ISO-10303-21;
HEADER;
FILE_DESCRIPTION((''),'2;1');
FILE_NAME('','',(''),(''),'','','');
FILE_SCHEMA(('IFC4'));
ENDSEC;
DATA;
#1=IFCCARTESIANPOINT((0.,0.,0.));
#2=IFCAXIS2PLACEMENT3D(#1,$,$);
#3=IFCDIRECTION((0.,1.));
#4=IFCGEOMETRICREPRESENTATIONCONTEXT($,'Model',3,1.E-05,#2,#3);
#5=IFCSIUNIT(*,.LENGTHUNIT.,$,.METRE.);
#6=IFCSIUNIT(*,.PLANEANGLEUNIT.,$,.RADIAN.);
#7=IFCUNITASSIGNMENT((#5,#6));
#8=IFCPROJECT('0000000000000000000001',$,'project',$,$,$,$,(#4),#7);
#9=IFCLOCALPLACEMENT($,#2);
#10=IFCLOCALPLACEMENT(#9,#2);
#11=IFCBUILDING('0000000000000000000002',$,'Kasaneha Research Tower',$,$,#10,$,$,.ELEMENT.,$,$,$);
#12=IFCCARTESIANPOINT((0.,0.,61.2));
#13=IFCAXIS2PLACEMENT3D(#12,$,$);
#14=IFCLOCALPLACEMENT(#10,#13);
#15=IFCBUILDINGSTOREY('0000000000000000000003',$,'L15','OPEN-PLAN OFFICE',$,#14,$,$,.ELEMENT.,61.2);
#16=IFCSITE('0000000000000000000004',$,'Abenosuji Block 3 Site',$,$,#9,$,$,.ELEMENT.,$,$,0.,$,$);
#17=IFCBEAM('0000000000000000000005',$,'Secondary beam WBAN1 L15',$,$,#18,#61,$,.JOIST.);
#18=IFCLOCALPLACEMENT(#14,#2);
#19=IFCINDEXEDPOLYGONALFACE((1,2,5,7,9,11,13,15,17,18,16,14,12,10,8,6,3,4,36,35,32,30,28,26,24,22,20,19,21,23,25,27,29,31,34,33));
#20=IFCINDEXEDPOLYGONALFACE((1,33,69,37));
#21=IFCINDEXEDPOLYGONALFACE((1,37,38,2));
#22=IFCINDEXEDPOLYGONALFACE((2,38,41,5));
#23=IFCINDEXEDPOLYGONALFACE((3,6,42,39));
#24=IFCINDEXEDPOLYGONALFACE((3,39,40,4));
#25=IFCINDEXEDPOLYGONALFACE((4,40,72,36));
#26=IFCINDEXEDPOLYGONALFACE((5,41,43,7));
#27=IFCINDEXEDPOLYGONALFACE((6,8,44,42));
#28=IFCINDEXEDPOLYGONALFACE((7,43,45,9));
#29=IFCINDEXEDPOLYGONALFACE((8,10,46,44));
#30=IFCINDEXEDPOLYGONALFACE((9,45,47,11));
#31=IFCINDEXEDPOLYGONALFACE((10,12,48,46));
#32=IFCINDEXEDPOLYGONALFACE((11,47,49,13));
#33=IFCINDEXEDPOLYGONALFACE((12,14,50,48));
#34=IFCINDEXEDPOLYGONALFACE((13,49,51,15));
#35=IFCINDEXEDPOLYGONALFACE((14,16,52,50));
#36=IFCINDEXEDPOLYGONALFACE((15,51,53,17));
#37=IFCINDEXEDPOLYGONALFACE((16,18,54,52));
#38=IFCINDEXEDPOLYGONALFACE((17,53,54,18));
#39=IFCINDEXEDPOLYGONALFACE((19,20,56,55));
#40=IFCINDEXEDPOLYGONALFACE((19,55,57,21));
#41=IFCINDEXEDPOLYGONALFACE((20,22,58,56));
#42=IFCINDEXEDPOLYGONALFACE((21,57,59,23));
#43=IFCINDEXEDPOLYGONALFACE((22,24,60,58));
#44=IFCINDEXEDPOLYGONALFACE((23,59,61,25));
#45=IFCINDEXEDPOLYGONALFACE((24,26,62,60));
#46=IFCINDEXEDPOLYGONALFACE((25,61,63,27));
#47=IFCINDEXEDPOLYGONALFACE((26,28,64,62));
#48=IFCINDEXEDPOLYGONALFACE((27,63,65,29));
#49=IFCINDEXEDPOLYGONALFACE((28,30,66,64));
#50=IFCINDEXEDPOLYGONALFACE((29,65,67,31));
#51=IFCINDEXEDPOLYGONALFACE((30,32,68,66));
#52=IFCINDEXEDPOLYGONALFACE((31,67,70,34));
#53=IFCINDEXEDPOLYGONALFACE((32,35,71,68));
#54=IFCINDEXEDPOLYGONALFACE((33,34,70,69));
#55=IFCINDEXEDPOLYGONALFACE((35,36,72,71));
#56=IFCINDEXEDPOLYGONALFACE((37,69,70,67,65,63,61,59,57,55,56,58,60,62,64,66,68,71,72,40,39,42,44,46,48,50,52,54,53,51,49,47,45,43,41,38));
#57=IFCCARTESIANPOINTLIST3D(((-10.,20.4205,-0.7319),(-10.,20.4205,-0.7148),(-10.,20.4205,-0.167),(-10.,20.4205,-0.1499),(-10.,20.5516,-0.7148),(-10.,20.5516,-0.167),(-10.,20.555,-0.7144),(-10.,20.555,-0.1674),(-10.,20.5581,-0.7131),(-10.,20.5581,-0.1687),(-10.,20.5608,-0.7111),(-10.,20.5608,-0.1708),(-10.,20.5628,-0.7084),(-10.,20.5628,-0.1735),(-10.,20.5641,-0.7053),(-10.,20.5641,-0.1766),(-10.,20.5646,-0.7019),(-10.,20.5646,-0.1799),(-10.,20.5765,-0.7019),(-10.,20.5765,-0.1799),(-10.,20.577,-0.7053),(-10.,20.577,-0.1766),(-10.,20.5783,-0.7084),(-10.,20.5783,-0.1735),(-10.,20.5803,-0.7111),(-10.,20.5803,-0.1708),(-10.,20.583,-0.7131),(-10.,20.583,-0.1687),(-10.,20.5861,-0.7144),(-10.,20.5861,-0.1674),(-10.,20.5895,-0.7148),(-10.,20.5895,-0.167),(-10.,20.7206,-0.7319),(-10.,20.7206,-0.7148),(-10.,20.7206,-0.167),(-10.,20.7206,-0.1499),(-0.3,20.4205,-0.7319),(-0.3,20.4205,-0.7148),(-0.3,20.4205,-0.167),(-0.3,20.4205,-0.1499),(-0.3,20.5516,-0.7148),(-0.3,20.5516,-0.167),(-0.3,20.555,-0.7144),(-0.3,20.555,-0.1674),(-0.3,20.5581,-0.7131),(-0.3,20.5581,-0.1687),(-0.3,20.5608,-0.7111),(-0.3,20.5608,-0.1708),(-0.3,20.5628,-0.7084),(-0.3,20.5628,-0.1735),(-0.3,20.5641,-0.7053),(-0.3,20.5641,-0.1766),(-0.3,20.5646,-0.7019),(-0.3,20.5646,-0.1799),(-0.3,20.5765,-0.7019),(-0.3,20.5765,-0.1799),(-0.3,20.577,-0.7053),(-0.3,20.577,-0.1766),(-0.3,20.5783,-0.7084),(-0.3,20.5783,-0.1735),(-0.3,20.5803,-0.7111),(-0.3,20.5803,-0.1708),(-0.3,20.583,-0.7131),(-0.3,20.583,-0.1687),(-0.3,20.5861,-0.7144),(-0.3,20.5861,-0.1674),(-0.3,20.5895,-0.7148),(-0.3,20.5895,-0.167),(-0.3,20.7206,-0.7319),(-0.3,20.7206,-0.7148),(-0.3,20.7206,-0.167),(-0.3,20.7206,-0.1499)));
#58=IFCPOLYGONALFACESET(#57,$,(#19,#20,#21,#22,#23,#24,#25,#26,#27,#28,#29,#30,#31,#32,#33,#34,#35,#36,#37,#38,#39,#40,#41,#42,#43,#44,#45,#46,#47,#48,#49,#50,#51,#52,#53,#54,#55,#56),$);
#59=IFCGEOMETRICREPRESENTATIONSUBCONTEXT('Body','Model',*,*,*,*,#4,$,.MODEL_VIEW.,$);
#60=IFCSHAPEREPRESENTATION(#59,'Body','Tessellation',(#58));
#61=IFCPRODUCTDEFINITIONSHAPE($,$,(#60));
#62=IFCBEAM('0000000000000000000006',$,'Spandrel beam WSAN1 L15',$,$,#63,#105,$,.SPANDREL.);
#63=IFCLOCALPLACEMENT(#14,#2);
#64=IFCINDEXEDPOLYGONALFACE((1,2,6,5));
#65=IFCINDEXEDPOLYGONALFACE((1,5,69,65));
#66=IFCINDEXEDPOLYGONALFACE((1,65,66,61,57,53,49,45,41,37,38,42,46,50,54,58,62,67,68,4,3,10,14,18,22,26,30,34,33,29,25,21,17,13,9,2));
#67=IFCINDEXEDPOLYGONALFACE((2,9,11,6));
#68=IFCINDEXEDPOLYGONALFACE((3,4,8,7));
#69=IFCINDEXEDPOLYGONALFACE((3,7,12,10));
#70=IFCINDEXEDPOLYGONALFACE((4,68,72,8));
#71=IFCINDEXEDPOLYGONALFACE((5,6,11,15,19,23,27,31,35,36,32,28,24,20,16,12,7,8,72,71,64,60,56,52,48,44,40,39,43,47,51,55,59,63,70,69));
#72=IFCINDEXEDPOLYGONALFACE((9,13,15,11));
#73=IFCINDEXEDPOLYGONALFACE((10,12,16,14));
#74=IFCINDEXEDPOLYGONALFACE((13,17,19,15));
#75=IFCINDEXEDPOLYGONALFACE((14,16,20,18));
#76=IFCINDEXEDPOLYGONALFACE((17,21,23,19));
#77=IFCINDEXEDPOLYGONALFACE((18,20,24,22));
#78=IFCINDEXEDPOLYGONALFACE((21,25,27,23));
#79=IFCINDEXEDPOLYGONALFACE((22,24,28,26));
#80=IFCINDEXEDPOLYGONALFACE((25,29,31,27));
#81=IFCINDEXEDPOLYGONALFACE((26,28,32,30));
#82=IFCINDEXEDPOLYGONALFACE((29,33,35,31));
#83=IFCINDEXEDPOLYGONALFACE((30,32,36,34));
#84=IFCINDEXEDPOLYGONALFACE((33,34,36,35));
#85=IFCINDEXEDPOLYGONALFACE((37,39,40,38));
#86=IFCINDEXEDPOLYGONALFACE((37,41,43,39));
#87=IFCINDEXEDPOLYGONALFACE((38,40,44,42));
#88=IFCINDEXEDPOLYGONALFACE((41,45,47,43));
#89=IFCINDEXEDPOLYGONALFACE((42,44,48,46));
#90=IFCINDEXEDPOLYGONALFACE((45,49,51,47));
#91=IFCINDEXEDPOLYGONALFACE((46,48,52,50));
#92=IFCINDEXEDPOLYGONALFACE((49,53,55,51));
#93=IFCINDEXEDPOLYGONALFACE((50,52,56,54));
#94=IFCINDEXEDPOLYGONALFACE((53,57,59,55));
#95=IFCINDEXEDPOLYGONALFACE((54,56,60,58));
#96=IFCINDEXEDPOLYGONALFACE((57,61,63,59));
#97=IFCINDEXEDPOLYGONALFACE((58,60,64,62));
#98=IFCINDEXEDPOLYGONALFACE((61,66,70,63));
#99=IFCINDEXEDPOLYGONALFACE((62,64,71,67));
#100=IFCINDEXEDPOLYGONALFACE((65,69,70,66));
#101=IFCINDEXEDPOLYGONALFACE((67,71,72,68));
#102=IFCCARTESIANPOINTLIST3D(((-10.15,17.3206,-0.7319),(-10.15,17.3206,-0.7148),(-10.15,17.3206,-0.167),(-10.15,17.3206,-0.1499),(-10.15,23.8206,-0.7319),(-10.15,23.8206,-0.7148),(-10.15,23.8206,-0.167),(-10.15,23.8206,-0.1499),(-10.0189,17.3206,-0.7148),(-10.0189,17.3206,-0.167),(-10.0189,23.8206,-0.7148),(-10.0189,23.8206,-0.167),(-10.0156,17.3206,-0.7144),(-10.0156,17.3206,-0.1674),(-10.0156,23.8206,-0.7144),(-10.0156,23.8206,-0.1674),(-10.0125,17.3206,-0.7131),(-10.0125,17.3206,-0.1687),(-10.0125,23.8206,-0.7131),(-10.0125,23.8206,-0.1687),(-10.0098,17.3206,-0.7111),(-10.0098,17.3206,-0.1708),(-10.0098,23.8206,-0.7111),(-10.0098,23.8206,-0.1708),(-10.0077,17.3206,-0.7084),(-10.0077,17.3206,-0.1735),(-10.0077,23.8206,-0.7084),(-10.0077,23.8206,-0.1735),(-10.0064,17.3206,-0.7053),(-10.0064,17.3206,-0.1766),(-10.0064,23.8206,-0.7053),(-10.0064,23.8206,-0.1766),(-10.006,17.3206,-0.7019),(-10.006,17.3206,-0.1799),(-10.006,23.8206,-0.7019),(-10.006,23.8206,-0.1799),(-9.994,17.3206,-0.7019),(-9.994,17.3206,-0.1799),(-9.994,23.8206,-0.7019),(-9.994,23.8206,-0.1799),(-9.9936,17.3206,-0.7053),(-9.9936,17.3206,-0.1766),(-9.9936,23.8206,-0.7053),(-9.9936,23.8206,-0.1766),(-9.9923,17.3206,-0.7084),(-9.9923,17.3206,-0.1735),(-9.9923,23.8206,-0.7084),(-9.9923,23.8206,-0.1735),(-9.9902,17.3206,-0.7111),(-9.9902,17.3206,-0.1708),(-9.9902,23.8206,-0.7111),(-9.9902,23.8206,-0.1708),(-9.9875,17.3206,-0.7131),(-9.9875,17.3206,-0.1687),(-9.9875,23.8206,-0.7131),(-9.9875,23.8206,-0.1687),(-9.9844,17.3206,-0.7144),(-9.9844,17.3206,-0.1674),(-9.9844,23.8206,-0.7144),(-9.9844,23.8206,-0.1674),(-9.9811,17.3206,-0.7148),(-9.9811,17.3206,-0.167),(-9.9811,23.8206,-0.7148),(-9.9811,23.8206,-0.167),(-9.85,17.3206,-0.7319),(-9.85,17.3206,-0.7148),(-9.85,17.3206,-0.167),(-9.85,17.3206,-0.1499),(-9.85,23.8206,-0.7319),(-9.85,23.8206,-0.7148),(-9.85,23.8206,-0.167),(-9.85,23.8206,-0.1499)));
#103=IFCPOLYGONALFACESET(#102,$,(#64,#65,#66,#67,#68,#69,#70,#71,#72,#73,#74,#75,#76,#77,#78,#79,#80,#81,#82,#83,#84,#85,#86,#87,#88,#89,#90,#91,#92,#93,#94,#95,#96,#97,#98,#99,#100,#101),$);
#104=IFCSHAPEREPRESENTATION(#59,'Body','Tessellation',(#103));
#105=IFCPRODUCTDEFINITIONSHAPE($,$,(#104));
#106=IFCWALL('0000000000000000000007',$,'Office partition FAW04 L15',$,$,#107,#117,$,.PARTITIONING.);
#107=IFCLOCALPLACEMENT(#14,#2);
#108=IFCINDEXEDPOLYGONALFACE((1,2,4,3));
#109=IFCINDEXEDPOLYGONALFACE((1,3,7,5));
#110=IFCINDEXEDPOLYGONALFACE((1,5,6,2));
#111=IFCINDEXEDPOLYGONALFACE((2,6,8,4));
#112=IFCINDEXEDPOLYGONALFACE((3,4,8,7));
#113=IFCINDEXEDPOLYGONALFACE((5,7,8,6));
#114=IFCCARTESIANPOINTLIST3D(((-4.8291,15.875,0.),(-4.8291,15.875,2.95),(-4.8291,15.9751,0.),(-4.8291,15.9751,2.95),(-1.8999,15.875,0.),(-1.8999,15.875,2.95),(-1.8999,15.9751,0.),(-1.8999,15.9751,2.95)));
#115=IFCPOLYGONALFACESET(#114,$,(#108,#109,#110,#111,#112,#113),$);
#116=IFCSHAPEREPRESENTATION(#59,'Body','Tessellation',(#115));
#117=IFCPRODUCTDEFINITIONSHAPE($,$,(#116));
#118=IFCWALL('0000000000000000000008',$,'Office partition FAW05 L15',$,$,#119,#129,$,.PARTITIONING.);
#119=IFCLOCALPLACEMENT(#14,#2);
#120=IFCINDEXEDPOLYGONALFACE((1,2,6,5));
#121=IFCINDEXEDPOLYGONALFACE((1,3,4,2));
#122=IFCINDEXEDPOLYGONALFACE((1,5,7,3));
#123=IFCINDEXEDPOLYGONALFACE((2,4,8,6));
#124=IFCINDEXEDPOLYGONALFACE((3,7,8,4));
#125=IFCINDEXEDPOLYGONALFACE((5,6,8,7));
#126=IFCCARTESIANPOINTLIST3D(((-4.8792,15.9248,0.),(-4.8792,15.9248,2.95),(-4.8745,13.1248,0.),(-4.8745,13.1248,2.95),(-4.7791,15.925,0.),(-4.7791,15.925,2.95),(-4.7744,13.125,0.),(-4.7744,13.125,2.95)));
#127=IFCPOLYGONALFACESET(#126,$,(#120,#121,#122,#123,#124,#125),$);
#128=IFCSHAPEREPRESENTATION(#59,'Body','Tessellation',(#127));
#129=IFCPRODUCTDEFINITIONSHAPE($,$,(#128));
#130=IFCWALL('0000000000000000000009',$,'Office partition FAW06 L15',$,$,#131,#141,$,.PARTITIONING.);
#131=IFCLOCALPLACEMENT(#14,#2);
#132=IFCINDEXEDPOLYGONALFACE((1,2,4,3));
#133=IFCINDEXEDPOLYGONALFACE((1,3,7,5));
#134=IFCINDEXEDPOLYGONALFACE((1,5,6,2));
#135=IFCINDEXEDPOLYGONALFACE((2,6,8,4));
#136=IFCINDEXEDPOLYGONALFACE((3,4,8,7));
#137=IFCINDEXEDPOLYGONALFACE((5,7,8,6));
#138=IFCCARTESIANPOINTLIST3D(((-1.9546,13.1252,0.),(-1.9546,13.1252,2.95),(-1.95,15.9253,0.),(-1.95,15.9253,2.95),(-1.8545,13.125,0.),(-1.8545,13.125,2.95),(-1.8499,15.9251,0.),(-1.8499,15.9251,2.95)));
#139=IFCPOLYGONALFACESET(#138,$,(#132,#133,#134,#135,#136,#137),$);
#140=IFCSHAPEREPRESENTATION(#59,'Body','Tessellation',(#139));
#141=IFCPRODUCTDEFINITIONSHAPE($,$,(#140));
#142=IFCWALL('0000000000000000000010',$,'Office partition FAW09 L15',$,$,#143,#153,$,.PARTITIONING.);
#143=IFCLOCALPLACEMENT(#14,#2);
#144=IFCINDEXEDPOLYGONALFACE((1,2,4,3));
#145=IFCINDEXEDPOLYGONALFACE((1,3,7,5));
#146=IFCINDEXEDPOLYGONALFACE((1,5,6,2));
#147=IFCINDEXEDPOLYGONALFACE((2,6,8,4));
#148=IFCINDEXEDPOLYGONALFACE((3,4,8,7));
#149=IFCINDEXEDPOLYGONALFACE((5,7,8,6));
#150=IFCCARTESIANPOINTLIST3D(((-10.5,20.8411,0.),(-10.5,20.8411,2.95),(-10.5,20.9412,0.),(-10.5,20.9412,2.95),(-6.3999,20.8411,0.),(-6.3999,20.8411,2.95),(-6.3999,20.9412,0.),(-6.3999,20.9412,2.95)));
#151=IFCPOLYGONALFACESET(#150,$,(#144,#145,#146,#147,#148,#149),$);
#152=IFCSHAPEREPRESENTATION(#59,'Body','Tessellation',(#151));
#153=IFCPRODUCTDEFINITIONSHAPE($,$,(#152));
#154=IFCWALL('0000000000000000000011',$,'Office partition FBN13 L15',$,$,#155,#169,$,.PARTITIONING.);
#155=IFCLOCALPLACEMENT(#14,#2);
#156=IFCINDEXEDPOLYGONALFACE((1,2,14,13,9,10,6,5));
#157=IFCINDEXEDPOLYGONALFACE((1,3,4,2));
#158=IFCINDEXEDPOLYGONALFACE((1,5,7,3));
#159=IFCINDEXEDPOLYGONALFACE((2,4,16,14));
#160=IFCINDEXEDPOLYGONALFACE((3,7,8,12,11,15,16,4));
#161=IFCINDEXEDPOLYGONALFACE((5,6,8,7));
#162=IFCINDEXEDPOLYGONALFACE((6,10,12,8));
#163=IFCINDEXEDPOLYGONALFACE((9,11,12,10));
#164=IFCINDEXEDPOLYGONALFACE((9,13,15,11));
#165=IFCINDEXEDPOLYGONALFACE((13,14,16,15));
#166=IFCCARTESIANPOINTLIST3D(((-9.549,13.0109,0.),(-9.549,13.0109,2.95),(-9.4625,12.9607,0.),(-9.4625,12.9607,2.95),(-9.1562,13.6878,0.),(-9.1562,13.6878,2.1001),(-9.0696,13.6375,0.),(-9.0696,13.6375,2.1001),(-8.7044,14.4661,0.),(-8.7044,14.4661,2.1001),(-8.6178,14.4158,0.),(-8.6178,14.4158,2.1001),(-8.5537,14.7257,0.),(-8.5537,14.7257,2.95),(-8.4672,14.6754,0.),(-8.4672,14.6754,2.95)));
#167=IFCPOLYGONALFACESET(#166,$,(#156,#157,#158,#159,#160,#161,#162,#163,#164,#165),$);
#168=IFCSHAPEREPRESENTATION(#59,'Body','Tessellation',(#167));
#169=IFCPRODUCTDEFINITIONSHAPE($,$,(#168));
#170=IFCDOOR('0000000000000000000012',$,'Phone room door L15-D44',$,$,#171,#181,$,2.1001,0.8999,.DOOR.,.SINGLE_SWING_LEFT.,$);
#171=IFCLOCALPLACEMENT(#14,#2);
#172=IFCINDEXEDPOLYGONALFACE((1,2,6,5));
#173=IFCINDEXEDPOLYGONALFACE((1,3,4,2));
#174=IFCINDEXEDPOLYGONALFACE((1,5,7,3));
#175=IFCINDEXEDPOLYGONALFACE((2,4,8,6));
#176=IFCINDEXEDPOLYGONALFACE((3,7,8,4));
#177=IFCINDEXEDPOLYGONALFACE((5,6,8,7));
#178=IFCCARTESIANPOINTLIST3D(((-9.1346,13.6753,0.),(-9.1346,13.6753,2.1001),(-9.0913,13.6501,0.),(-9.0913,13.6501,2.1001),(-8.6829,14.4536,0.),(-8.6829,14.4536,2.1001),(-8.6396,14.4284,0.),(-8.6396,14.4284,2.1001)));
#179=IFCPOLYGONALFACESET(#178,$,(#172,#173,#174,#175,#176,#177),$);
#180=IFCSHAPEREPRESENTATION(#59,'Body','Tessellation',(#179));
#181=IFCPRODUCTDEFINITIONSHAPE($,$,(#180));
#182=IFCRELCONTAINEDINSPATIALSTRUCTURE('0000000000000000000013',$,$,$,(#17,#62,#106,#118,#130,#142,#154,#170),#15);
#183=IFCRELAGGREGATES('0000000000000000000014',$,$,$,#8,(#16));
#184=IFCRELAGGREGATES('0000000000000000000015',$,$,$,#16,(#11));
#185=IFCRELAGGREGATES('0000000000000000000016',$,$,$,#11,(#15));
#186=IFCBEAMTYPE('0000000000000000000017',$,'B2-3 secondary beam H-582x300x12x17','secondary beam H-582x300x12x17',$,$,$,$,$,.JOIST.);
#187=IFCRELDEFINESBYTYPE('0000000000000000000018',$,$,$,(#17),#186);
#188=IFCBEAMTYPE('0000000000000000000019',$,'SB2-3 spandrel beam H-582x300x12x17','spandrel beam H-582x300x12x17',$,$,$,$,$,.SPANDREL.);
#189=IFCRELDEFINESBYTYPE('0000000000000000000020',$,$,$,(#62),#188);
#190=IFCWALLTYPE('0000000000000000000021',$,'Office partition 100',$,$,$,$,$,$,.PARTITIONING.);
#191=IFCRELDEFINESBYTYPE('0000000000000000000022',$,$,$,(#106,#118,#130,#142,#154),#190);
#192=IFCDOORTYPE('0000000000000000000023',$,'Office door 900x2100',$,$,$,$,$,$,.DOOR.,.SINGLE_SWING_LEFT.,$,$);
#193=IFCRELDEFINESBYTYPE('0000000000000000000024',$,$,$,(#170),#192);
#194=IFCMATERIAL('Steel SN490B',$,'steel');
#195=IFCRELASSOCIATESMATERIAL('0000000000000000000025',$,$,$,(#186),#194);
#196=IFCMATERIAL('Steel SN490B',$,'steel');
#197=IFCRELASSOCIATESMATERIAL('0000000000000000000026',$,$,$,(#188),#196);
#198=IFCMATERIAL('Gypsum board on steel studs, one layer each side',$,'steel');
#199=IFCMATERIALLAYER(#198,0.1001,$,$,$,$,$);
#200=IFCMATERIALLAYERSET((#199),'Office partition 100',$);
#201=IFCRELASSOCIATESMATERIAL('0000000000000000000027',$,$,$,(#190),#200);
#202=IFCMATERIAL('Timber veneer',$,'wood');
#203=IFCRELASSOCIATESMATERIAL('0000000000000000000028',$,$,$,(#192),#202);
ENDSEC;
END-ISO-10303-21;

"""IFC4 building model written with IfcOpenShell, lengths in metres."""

from ifc_helpers import new_model, si_unit, direction, frame, frame_2d, origin, origin_2d, place, context, subcontext, project, spatial, rectangle, i_section, extrude, material, layer, layer_set, material_profile, profile_set, type_object, element, fill, save


model = new_model("IFC4")

# Units and contexts
model_context = context("Model", 3, precision=1e-05, world=origin(), true_north=direction((0.0, 1.0)))
body_context = subcontext(model_context, "Body", "Model", "MODEL_VIEW")
ifc_project = project(units=[si_unit("LENGTHUNIT", "METRE"), si_unit("PLANEANGLEUNIT", "RADIAN")], contexts=[model_context])

# Site, building, storey
site_placement = place(None, origin())
site = spatial("IfcSite", under=ifc_project, at=site_placement, Name="Abenosuji Block 3 Site", CompositionType="ELEMENT", RefElevation=0.0)
building_placement = place(site_placement, origin())
building = spatial("IfcBuilding", under=site, at=building_placement, Name="Kasaneha Research Tower", CompositionType="ELEMENT")
storey_placement = place(building_placement, frame((0.0, 0.0, 61.2)))
storey = spatial("IfcBuildingStorey", under=building, at=storey_placement, Name="L15", Description="OPEN-PLAN OFFICE", CompositionType="ELEMENT", Elevation=61.2)

# Beams
ifc_material_1 = material(Name="Steel SN490B", Category="steel")
ifc_material_profile_1 = material_profile(ifc_material_1, i_section(OverallWidth=0.3, OverallDepth=0.582, WebThickness=0.012, FlangeThickness=0.0171, FilletRadius=0.0129, at=origin_2d()), Name="H-582x300x12x17")
ifc_profile_set_1 = profile_set([ifc_material_profile_1], Name="Steel SN490B")
beam_type_1 = type_object("IfcBeamType", Name="B2-3 secondary beam H-582x300x12x17", Description="secondary beam H-582x300x12x17", PredefinedType="JOIST", material=ifc_profile_set_1)
beam_1_placement = place(storey_placement, frame((-10.0, 20.5706, -0.4409), z_axis=(1.0, 0.0, 0.0), x_axis=(0.0, 1.0, 0.0)))
element("IfcBeam", 1, at=beam_1_placement, inside=storey, type_object=beam_type_1, Name="Secondary beam WBAN1 L15", PredefinedType="JOIST", context=body_context, shape_type="SweptSolid", body=[
    extrude(i_section(OverallWidth=0.3, OverallDepth=0.582, WebThickness=0.012, FlangeThickness=0.0171, FilletRadius=0.0129, at=origin_2d()), origin(), (0.0, 0.0, 1.0), 9.7),
])
ifc_material_2 = material(Name="Steel SN490B", Category="steel")
ifc_material_profile_2 = material_profile(ifc_material_2, i_section(OverallWidth=0.3, OverallDepth=0.582, WebThickness=0.012, FlangeThickness=0.0171, FilletRadius=0.0129, at=origin_2d()), Name="H-582x300x12x17")
ifc_profile_set_2 = profile_set([ifc_material_profile_2], Name="Steel SN490B")
beam_type_2 = type_object("IfcBeamType", Name="SB2-3 spandrel beam H-582x300x12x17", Description="spandrel beam H-582x300x12x17", PredefinedType="SPANDREL", material=ifc_profile_set_2)
beam_2_placement = place(storey_placement, frame((-10.0, 17.3206, -0.4409), z_axis=(0.0, 1.0, 0.0), x_axis=(-1.0, 0.0, 0.0)))
element("IfcBeam", 2, at=beam_2_placement, inside=storey, type_object=beam_type_2, Name="Spandrel beam WSAN1 L15", PredefinedType="SPANDREL", context=body_context, shape_type="SweptSolid", body=[
    extrude(i_section(OverallWidth=0.3, OverallDepth=0.582, WebThickness=0.012, FlangeThickness=0.0171, FilletRadius=0.0129, at=origin_2d()), origin(), (0.0, 0.0, 1.0), 6.5),
])

# Walls
ifc_material_3 = material(Name="Gypsum board on steel studs, one layer each side", Category="steel")
ifc_layer_1 = layer(ifc_material_3, 0.1001)
ifc_layer_set_1 = layer_set([ifc_layer_1], Name="Office partition 100")
wall_type_1 = type_object("IfcWallType", Name="Office partition 100", PredefinedType="PARTITIONING", material=ifc_layer_set_1)
wall_1_placement = place(storey_placement, frame((-4.8291, 15.925, 0.0), z_axis=(0.0, 0.0, 1.0), x_axis=(1.0, 0.0, 0.0)))
element("IfcWall", 3, at=wall_1_placement, inside=storey, type_object=wall_type_1, Name="Office partition FAW04 L15", PredefinedType="PARTITIONING", context=body_context, shape_type="SweptSolid", body=[
    extrude(rectangle(XDim=2.9292, YDim=0.1001, at=frame_2d((1.4646, 0.0))), origin(), (0.0, 0.0, 1.0), 2.95),
])
for number, where, z_axis, x_axis, name in (
    (4, (-4.8245, 13.125, 0.0), (0.0, 0.0, 1.0), (-0.001657, 0.999999, 0.0), "Office partition FAW05 L15"),
    (5, (-1.8999, 15.925, 0.0), (0.0, 0.0, 1.0), (-0.001657, -0.999999, 0.0), "Office partition FAW06 L15"),
):
    element("IfcWall", number, at=place(storey_placement, frame(where, z_axis=z_axis, x_axis=x_axis)), inside=storey, type_object=wall_type_1, Name=name, PredefinedType="PARTITIONING", context=body_context, shape_type="SweptSolid", body=[
        extrude(rectangle(XDim=2.8, YDim=0.1001, at=frame_2d((1.3999, 0.0))), origin(), (0.0, 0.0, 1.0), 2.95),
    ])
wall_2_placement = place(storey_placement, frame((-6.3999, 20.8911, 0.0), z_axis=(0.0, 0.0, 1.0), x_axis=(-1.0, 0.0, 0.0)))
element("IfcWall", 6, at=wall_2_placement, inside=storey, type_object=wall_type_1, Name="Office partition FAW09 L15", PredefinedType="PARTITIONING", context=body_context, shape_type="SweptSolid", body=[
    extrude(rectangle(XDim=4.1001, YDim=0.1001, at=frame_2d((2.05, 0.0))), origin(), (0.0, 0.0, 1.0), 2.95),
])

# Wall, opening, door
wall_3_placement = place(storey_placement, frame((-8.5105, 14.7004, 0.0), z_axis=(0.0, 0.0, 1.0), x_axis=(-0.502002, -0.864867, 0.0)))
wall_3 = element("IfcWall", 7, at=wall_3_placement, inside=storey, type_object=wall_type_1, Name="Office partition FBN13 L15", PredefinedType="PARTITIONING", context=body_context, shape_type="SweptSolid", body=[
    extrude(rectangle(XDim=1.9827, YDim=0.1001, at=frame_2d((0.9912, 0.0))), origin(), (0.0, 0.0, 1.0), 2.95),
])
opening_1_placement = place(wall_3_placement, frame((0.3, 0.0, 0.0)))
opening_1 = element("IfcOpeningElement", 8, at=opening_1_placement, cuts=wall_3, PredefinedType="OPENING", context=body_context, shape_type="SweptSolid", body=[
    extrude(rectangle(XDim=0.8999, YDim=2.1001, at=frame_2d((0.45, 1.05))), frame((0.0, 0.0601, 0.0), z_axis=(0.0, -1.0, 0.0), x_axis=(1.0, 0.0, 0.0)), (0.0, 0.0, 1.0), 0.1201),
])
ifc_material_4 = material(Name="Timber veneer", Category="wood")
door_type_1 = type_object("IfcDoorType", Name="Office door 900x2100", OperationType="SINGLE_SWING_LEFT", PredefinedType="DOOR", material=ifc_material_4)
door_1_placement = place(opening_1_placement, origin())
door_1 = element("IfcDoor", 9, at=door_1_placement, inside=storey, type_object=door_type_1, Name="Phone room door L15-D44", OperationType="SINGLE_SWING_LEFT", OverallHeight=2.1001, OverallWidth=0.8999, PredefinedType="DOOR", context=body_context, shape_type="SweptSolid", body=[
    extrude(rectangle(XDim=0.8999, YDim=2.1001, at=frame_2d((0.45, 1.05))), frame((0.0, 0.0249, 0.0), z_axis=(0.0, -1.0, 0.0), x_axis=(1.0, 0.0, 0.0)), (0.0, 0.0, 1.0), 0.05),
])
fill(opening_1, door_1)

save(model, "model.ifc")
